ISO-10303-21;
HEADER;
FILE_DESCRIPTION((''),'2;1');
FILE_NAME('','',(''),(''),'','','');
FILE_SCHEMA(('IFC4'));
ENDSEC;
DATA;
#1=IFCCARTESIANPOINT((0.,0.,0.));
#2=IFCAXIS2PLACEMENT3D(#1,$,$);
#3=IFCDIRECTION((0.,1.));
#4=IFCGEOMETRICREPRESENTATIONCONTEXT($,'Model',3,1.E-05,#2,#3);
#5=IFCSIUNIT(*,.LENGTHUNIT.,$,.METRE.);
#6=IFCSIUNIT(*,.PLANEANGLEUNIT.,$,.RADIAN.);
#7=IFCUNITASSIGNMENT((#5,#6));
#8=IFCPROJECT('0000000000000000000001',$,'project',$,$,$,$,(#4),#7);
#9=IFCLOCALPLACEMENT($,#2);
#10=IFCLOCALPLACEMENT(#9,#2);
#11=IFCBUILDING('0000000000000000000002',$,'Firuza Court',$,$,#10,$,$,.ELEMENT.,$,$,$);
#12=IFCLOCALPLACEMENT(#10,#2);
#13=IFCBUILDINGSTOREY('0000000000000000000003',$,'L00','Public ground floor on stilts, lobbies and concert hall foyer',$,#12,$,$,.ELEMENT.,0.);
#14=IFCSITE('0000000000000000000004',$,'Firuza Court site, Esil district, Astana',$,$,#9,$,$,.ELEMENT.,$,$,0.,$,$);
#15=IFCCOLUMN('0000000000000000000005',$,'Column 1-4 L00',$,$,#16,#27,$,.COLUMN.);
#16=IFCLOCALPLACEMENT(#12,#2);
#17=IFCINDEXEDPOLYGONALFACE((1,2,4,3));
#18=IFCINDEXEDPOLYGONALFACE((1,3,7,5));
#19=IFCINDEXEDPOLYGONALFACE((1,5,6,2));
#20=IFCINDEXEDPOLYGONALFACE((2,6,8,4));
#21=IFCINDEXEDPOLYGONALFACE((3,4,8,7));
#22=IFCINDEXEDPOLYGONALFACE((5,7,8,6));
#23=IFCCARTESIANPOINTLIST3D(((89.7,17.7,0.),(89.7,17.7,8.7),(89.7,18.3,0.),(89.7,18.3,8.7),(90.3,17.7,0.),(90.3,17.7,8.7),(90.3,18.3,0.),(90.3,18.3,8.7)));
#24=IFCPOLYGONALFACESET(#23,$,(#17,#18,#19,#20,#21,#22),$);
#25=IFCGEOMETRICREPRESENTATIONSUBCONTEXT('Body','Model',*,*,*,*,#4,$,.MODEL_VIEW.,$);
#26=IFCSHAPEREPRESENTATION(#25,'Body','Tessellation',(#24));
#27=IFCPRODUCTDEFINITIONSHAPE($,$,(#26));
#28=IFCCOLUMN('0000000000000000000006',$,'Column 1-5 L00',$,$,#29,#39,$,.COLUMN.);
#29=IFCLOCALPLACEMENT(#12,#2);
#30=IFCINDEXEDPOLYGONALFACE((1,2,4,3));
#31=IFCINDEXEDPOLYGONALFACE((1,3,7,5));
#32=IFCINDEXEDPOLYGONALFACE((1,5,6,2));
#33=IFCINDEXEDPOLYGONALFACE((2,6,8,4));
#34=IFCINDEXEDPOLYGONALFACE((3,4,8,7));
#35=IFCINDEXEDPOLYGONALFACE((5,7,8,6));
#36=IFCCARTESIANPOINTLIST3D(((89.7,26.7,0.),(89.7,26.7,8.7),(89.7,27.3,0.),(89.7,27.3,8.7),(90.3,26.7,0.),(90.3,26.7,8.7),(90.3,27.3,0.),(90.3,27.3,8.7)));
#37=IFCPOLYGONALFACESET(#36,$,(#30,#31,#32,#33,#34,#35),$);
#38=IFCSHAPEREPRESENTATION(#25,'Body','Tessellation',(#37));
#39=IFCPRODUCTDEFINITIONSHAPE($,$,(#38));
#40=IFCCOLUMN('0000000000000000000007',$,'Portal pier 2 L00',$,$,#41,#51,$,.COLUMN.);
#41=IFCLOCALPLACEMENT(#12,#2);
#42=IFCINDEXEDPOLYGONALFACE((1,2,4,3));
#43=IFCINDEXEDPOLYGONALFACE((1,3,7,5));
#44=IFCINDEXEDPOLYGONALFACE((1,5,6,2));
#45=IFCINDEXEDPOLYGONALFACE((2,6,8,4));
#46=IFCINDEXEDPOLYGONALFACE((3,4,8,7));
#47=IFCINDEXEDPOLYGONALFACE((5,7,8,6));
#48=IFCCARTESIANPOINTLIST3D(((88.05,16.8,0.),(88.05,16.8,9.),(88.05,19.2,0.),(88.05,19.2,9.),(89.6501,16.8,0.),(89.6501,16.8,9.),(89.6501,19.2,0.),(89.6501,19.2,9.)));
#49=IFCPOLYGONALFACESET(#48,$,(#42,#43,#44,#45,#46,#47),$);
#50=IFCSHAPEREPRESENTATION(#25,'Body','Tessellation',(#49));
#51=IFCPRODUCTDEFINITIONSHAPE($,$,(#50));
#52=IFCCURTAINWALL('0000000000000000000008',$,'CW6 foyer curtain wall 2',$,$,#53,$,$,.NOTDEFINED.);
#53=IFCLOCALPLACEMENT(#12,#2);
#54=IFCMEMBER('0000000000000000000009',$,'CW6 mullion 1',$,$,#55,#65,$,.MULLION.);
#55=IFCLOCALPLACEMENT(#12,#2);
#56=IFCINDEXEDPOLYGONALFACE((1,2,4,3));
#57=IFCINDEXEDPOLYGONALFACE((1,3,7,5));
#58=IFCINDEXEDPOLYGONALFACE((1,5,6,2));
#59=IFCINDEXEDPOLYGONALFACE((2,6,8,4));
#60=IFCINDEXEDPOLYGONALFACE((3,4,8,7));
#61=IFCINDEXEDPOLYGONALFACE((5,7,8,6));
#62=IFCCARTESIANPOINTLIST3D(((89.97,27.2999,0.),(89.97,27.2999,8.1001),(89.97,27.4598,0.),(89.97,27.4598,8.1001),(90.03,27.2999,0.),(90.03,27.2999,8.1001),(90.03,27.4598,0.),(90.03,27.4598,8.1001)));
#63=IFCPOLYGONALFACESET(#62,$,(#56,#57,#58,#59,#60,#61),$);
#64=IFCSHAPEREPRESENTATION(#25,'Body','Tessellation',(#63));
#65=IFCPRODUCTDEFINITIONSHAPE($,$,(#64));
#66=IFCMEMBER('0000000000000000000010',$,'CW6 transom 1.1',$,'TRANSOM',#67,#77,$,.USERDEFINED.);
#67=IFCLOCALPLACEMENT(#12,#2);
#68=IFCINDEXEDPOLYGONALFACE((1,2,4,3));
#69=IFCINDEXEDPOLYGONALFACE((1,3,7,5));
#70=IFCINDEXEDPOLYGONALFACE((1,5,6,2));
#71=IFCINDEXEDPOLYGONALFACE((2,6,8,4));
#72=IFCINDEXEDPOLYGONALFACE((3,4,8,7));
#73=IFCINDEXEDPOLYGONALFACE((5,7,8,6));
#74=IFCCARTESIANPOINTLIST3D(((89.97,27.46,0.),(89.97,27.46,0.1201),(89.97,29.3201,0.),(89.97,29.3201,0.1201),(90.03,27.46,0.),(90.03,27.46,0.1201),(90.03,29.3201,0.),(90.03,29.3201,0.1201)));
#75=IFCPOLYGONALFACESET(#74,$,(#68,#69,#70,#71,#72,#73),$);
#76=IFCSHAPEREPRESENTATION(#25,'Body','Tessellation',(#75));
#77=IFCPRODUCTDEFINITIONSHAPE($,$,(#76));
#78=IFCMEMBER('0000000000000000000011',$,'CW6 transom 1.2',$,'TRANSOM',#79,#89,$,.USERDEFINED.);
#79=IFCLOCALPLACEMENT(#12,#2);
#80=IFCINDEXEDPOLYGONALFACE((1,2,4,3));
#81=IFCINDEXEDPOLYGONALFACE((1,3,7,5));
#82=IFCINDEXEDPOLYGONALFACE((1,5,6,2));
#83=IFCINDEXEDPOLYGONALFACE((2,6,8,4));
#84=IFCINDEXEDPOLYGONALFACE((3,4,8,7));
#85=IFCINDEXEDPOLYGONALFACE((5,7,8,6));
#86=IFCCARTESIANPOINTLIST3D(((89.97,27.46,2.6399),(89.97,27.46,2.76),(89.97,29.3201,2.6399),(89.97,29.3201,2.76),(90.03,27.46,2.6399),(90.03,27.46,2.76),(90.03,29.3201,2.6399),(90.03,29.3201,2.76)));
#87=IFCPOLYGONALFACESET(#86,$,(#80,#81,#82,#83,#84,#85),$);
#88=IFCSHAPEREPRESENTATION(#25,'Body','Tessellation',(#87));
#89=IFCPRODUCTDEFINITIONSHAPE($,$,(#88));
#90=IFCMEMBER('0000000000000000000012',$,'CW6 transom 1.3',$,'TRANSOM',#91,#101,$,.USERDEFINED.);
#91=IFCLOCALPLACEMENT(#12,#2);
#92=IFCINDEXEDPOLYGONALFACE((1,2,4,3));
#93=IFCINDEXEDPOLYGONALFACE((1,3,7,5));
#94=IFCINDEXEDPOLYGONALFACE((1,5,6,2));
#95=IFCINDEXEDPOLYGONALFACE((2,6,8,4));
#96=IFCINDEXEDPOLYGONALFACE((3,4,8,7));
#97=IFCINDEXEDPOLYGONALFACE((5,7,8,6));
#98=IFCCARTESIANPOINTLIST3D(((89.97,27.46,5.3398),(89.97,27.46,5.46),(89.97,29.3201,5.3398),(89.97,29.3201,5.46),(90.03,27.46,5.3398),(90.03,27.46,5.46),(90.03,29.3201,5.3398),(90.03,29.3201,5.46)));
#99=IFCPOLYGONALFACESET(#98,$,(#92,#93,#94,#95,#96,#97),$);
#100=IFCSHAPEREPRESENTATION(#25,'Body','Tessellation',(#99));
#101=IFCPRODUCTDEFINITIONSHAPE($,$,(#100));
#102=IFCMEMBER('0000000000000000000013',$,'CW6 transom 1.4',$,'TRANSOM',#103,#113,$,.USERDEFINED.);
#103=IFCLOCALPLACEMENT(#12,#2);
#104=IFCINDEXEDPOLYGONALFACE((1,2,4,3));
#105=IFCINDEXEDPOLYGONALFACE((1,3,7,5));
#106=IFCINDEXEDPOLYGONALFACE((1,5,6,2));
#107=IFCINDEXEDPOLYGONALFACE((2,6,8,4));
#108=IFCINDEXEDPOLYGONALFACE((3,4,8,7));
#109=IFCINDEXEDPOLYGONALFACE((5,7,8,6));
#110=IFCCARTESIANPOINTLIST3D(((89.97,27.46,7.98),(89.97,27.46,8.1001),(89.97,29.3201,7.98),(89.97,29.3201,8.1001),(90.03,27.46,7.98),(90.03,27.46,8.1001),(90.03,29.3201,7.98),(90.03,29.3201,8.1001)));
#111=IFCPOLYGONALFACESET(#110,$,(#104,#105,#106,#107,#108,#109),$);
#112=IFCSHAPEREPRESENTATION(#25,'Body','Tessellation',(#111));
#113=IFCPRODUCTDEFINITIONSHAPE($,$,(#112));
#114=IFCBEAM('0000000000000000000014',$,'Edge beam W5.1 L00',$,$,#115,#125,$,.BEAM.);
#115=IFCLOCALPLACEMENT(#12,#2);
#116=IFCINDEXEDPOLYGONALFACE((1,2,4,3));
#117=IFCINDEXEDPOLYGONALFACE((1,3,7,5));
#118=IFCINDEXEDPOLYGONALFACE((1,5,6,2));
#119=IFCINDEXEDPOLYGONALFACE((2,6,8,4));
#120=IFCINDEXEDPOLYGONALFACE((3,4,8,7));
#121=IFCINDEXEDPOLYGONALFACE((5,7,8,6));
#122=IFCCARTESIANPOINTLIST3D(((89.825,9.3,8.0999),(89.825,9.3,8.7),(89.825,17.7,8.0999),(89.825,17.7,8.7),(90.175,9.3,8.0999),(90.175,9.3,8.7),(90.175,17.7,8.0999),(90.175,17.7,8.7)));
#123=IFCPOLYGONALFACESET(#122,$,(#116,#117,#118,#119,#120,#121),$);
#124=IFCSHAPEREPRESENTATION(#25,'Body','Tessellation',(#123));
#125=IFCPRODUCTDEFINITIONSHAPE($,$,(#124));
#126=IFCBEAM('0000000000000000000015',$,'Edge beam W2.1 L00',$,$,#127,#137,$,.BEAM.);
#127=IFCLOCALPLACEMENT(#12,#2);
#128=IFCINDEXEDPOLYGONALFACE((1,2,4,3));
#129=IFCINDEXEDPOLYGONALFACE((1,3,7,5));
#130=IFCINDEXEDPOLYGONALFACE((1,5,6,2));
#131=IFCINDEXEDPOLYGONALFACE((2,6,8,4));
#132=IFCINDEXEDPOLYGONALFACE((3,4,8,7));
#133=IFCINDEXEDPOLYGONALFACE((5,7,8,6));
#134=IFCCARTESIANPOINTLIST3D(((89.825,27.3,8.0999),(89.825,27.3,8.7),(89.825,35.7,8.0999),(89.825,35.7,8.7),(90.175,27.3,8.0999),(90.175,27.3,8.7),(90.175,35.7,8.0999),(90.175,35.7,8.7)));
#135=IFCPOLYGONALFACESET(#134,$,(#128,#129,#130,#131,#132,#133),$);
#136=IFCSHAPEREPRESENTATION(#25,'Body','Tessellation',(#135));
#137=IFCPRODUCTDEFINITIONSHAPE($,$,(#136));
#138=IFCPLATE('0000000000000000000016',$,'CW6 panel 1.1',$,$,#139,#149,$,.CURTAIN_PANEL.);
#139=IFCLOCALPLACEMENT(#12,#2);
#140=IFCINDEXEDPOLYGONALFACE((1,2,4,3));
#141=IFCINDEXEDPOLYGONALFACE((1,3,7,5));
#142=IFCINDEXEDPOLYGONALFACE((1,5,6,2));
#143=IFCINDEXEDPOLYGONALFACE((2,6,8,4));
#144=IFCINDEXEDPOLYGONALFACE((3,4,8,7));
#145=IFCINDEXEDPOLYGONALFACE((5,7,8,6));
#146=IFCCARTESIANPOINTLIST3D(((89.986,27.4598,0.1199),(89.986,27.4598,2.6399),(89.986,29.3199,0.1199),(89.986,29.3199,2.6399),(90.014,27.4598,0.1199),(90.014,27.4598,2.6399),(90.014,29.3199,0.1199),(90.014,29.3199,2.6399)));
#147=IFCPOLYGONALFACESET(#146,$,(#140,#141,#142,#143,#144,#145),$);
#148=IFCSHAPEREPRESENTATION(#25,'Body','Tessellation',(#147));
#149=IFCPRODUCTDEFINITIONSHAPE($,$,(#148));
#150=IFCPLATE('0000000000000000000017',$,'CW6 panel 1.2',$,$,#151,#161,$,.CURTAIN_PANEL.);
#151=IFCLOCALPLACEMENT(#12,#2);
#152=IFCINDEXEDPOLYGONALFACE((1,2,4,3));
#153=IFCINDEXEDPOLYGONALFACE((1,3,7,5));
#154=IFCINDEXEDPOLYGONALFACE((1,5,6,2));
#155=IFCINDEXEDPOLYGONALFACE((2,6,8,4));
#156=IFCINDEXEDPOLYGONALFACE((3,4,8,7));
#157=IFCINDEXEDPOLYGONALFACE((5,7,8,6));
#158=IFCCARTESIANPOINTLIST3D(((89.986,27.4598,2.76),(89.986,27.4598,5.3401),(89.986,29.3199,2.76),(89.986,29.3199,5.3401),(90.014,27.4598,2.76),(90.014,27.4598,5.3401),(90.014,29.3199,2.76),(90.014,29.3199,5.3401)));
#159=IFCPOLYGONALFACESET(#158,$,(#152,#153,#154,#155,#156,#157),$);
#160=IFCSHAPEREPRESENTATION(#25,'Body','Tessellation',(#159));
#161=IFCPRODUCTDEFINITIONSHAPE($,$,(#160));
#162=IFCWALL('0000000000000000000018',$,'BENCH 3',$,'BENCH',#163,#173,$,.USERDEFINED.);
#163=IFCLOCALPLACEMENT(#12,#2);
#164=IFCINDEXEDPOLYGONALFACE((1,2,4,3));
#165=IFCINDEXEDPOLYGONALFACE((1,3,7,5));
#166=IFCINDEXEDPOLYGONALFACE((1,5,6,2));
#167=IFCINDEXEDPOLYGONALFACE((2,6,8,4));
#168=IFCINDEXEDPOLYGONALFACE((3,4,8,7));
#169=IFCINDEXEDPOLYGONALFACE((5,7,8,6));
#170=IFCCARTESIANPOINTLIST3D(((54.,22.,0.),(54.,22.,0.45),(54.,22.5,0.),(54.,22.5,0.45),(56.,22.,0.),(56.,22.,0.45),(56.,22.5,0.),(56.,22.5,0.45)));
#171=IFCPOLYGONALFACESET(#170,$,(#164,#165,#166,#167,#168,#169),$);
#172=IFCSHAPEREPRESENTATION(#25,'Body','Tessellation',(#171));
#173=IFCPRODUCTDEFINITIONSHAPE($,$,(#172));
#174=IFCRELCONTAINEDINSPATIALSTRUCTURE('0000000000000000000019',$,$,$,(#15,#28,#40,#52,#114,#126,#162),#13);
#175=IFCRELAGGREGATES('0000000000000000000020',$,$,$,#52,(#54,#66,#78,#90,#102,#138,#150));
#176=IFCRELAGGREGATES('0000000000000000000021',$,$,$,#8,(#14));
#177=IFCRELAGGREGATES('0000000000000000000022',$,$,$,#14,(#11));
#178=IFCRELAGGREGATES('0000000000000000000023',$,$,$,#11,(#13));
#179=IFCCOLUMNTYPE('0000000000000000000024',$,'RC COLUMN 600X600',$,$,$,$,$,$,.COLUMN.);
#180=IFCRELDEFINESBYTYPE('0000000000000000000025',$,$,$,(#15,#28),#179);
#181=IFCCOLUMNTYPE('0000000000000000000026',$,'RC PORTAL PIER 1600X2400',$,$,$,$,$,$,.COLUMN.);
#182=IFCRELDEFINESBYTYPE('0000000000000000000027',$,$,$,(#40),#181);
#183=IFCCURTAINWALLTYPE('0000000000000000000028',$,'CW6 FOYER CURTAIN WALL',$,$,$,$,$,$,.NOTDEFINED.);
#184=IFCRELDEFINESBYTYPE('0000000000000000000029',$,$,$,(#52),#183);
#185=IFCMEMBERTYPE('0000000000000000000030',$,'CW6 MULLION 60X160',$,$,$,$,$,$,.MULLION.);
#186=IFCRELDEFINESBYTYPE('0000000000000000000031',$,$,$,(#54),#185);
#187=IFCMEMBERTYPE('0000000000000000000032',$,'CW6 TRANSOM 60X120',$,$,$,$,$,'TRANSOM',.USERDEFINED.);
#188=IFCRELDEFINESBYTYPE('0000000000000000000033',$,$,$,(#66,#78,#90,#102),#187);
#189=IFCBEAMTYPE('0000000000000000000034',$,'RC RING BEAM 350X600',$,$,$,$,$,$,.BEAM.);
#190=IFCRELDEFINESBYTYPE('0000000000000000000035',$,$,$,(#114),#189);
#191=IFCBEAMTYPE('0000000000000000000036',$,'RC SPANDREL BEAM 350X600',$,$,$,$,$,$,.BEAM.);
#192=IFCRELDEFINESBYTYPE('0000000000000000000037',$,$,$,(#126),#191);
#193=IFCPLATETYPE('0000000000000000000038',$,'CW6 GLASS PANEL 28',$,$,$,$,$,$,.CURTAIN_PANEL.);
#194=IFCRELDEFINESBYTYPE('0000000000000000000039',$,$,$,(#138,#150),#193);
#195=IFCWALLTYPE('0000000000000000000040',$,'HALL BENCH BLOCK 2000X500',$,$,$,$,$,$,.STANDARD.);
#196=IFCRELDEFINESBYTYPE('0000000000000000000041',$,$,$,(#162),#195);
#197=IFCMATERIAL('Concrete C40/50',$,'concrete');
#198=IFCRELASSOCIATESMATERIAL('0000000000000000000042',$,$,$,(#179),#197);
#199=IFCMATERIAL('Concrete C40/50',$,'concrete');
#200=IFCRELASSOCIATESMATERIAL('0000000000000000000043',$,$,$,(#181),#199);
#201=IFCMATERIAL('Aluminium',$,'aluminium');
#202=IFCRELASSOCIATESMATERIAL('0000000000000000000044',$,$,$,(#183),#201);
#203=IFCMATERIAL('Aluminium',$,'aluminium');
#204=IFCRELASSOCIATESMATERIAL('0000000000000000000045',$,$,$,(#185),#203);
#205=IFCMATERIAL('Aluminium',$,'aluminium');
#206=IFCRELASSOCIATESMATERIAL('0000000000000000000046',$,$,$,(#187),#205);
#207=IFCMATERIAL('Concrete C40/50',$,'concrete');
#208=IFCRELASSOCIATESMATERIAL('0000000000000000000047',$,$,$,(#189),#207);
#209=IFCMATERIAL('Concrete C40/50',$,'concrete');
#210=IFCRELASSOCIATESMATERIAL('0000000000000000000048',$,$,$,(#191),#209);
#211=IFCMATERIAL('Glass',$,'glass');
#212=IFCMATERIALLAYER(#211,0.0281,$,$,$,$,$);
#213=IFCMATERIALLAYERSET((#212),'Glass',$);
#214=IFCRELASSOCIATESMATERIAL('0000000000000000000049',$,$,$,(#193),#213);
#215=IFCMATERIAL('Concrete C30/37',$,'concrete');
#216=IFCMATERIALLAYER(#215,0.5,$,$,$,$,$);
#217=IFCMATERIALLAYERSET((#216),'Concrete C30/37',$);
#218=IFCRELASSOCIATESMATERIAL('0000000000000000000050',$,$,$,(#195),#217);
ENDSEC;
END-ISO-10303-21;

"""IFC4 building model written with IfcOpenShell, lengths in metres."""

from ifc_helpers import new_model, si_unit, direction, frame, frame_2d, origin, origin_2d, place, context, subcontext, project, spatial, rectangle, extrude, material, layer, layer_set, material_profile, profile_set, type_object, element, aggregate, save


model = new_model("IFC4")

# Units and contexts
model_context = context("Model", 3, precision=1e-05, world=origin(), true_north=direction((0.0, 1.0)))
body_context = subcontext(model_context, "Body", "Model", "MODEL_VIEW")
ifc_project = project(units=[si_unit("LENGTHUNIT", "METRE"), si_unit("PLANEANGLEUNIT", "RADIAN")], contexts=[model_context])

# Site, building, storey
site_placement = place(None, origin())
site = spatial("IfcSite", under=ifc_project, at=site_placement, Name="Firuza Court site, Esil district, Astana", CompositionType="ELEMENT", RefElevation=0.0)
building_placement = place(site_placement, origin())
building = spatial("IfcBuilding", under=site, at=building_placement, Name="Firuza Court", CompositionType="ELEMENT")
storey_placement = place(building_placement, origin())
storey = spatial("IfcBuildingStorey", under=building, at=storey_placement, Name="L00", Description="Public ground floor on stilts, lobbies and concert hall foyer", CompositionType="ELEMENT", Elevation=0.0)

# Columns
ifc_material_1 = material(Name="Concrete C40/50", Category="concrete")
ifc_material_profile_1 = material_profile(ifc_material_1, rectangle(XDim=0.6001, YDim=0.6001, at=origin_2d()), Name="RC 600X600")
ifc_profile_set_1 = profile_set([ifc_material_profile_1], Name="Concrete C40/50")
column_type_1 = type_object("IfcColumnType", Name="RC COLUMN 600X600", PredefinedType="COLUMN", material=ifc_profile_set_1)
for number, where, z_axis, x_axis, name in (
    (1, (90.0, 18.0, 0.0), (0.0, 0.0, 1.0), (1.0, 0.0, 0.0), "Column 1-4 L00"),
    (2, (90.0, 27.0, 0.0), (0.0, 0.0, 1.0), (1.0, 0.0, 0.0), "Column 1-5 L00"),
):
    element("IfcColumn", number, at=place(storey_placement, frame(where, z_axis=z_axis, x_axis=x_axis)), inside=storey, type_object=column_type_1, Name=name, PredefinedType="COLUMN", context=body_context, shape_type="SweptSolid", body=[
        extrude(rectangle(XDim=0.6001, YDim=0.6001, at=origin_2d()), origin(), (0.0, 0.0, 1.0), 8.7),
    ])
ifc_material_2 = material(Name="Concrete C40/50", Category="concrete")
ifc_material_profile_2 = material_profile(ifc_material_2, rectangle(XDim=1.6001, YDim=2.3999, at=origin_2d()), Name="RC 1600X2400")
ifc_profile_set_2 = profile_set([ifc_material_profile_2], Name="Concrete C40/50")
column_type_2 = type_object("IfcColumnType", Name="RC PORTAL PIER 1600X2400", PredefinedType="COLUMN", material=ifc_profile_set_2)
column_placement = place(storey_placement, frame((88.8501, 18.0, 0.0), z_axis=(0.0, 0.0, 1.0), x_axis=(1.0, 0.0, 0.0)))
element("IfcColumn", 3, at=column_placement, inside=storey, type_object=column_type_2, Name="Portal pier 2 L00", PredefinedType="COLUMN", context=body_context, shape_type="SweptSolid", body=[
    extrude(rectangle(XDim=1.6001, YDim=2.3999, at=origin_2d()), origin(), (0.0, 0.0, 1.0), 9.0),
])

# Curtain wall, members
ifc_material_3 = material(Name="Aluminium", Category="aluminium")
curtain_wall_type = type_object("IfcCurtainWallType", Name="CW6 FOYER CURTAIN WALL", PredefinedType="NOTDEFINED", material=ifc_material_3)
curtain_wall_placement = place(storey_placement, origin())
curtain_wall = element("IfcCurtainWall", 4, at=curtain_wall_placement, inside=storey, type_object=curtain_wall_type, Name="CW6 foyer curtain wall 2", PredefinedType="NOTDEFINED")
ifc_material_4 = material(Name="Aluminium", Category="aluminium")
ifc_material_profile_3 = material_profile(ifc_material_4, rectangle(XDim=0.0601, YDim=0.1599, at=origin_2d()), Name="MULLION 60X160")
ifc_profile_set_3 = profile_set([ifc_material_profile_3], Name="Aluminium")
member_type_1 = type_object("IfcMemberType", Name="CW6 MULLION 60X160", PredefinedType="MULLION", material=ifc_profile_set_3)
member_1_placement = place(storey_placement, frame((90.0, 27.3799, 0.0), z_axis=(0.0, 0.0, 1.0), x_axis=(-1.0, 0.0, 0.0)))
member_1 = element("IfcMember", 5, at=member_1_placement, type_object=member_type_1, Name="CW6 mullion 1", PredefinedType="MULLION", context=body_context, shape_type="SweptSolid", body=[
    extrude(rectangle(XDim=0.0601, YDim=0.1599, at=origin_2d()), origin(), (0.0, 0.0, 1.0), 8.1001),
])
ifc_material_5 = material(Name="Aluminium", Category="aluminium")
ifc_material_profile_4 = material_profile(ifc_material_5, rectangle(XDim=0.0601, YDim=0.1201, at=origin_2d()), Name="TRANSOM 60X120")
ifc_profile_set_4 = profile_set([ifc_material_profile_4], Name="Aluminium")
member_type_2 = type_object("IfcMemberType", Name="CW6 TRANSOM 60X120", ElementType="TRANSOM", PredefinedType="USERDEFINED", material=ifc_profile_set_4)
member_2_placement = place(storey_placement, frame((90.0, 27.46, 0.0601), z_axis=(0.0, 1.0, 0.0), x_axis=(-1.0, 0.0, 0.0)))
member_2 = element("IfcMember", 6, at=member_2_placement, type_object=member_type_2, Name="CW6 transom 1.1", ObjectType="TRANSOM", PredefinedType="USERDEFINED", context=body_context, shape_type="SweptSolid", body=[
    extrude(rectangle(XDim=0.0601, YDim=0.1201, at=origin_2d()), origin(), (0.0, 0.0, 1.0), 1.8601),
])
member_3_placement = place(storey_placement, frame((90.0, 27.46, 2.7), z_axis=(0.0, 1.0, 0.0), x_axis=(-1.0, 0.0, 0.0)))
member_3 = element("IfcMember", 7, at=member_3_placement, type_object=member_type_2, Name="CW6 transom 1.2", ObjectType="TRANSOM", PredefinedType="USERDEFINED", context=body_context, shape_type="SweptSolid", body=[
    extrude(rectangle(XDim=0.0601, YDim=0.1201, at=origin_2d()), origin(), (0.0, 0.0, 1.0), 1.8601),
])
member_4_placement = place(storey_placement, frame((90.0, 27.46, 5.3999), z_axis=(0.0, 1.0, 0.0), x_axis=(-1.0, 0.0, 0.0)))
member_4 = element("IfcMember", 8, at=member_4_placement, type_object=member_type_2, Name="CW6 transom 1.3", ObjectType="TRANSOM", PredefinedType="USERDEFINED", context=body_context, shape_type="SweptSolid", body=[
    extrude(rectangle(XDim=0.0601, YDim=0.1201, at=origin_2d()), origin(), (0.0, 0.0, 1.0), 1.8601),
])
member_5_placement = place(storey_placement, frame((90.0, 27.46, 8.04), z_axis=(0.0, 1.0, 0.0), x_axis=(-1.0, 0.0, 0.0)))
member_5 = element("IfcMember", 9, at=member_5_placement, type_object=member_type_2, Name="CW6 transom 1.4", ObjectType="TRANSOM", PredefinedType="USERDEFINED", context=body_context, shape_type="SweptSolid", body=[
    extrude(rectangle(XDim=0.0601, YDim=0.1201, at=origin_2d()), origin(), (0.0, 0.0, 1.0), 1.8601),
])

# Beams
ifc_material_6 = material(Name="Concrete C40/50", Category="concrete")
ifc_material_profile_5 = material_profile(ifc_material_6, rectangle(XDim=0.3501, YDim=0.6001, at=origin_2d()), Name="RC 350X600")
ifc_profile_set_5 = profile_set([ifc_material_profile_5], Name="Concrete C40/50")
beam_type_1 = type_object("IfcBeamType", Name="RC RING BEAM 350X600", PredefinedType="BEAM", material=ifc_profile_set_5)
beam_1_placement = place(storey_placement, frame((90.0, 9.3, 8.3999), z_axis=(0.0, 1.0, 0.0), x_axis=(-1.0, 0.0, 0.0)))
element("IfcBeam", 10, at=beam_1_placement, inside=storey, type_object=beam_type_1, Name="Edge beam W5.1 L00", PredefinedType="BEAM", context=body_context, shape_type="SweptSolid", body=[
    extrude(rectangle(XDim=0.3501, YDim=0.6001, at=origin_2d()), origin(), (0.0, 0.0, 1.0), 8.3999),
])
ifc_material_7 = material(Name="Concrete C40/50", Category="concrete")
ifc_material_profile_6 = material_profile(ifc_material_7, rectangle(XDim=0.3501, YDim=0.6001, at=origin_2d()), Name="RC 350X600")
ifc_profile_set_6 = profile_set([ifc_material_profile_6], Name="Concrete C40/50")
beam_type_2 = type_object("IfcBeamType", Name="RC SPANDREL BEAM 350X600", PredefinedType="BEAM", material=ifc_profile_set_6)
beam_2_placement = place(storey_placement, frame((90.0, 27.3, 8.3999), z_axis=(0.0, 1.0, 0.0), x_axis=(-1.0, 0.0, 0.0)))
element("IfcBeam", 11, at=beam_2_placement, inside=storey, type_object=beam_type_2, Name="Edge beam W2.1 L00", PredefinedType="BEAM", context=body_context, shape_type="SweptSolid", body=[
    extrude(rectangle(XDim=0.3501, YDim=0.6001, at=origin_2d()), origin(), (0.0, 0.0, 1.0), 8.3999),
])

# Plates
ifc_material_8 = material(Name="Glass", Category="glass")
ifc_layer_1 = layer(ifc_material_8, 0.0281)
ifc_layer_set_1 = layer_set([ifc_layer_1], Name="Glass")
plate_type = type_object("IfcPlateType", Name="CW6 GLASS PANEL 28", PredefinedType="CURTAIN_PANEL", material=ifc_layer_set_1)
plate_1_placement = place(storey_placement, frame((90.0, 28.3899, 0.1199), z_axis=(0.0, 0.0, 1.0), x_axis=(0.0, 1.0, 0.0)))
plate_1 = element("IfcPlate", 12, at=plate_1_placement, type_object=plate_type, Name="CW6 panel 1.1", PredefinedType="CURTAIN_PANEL", context=body_context, shape_type="SweptSolid", body=[
    extrude(rectangle(XDim=1.8601, YDim=0.0281, at=origin_2d()), origin(), (0.0, 0.0, 1.0), 2.52),
])
plate_2_placement = place(storey_placement, frame((90.0, 28.3899, 2.76), z_axis=(0.0, 0.0, 1.0), x_axis=(0.0, 1.0, 0.0)))
plate_2 = element("IfcPlate", 13, at=plate_2_placement, type_object=plate_type, Name="CW6 panel 1.2", PredefinedType="CURTAIN_PANEL", context=body_context, shape_type="SweptSolid", body=[
    extrude(rectangle(XDim=1.8601, YDim=0.0281, at=origin_2d()), origin(), (0.0, 0.0, 1.0), 2.5801),
])
aggregate(curtain_wall, [member_1, member_2, member_3, member_4, member_5, plate_1, plate_2])

# Wall
ifc_material_9 = material(Name="Concrete C30/37", Category="concrete")
ifc_layer_2 = layer(ifc_material_9, 0.5)
ifc_layer_set_2 = layer_set([ifc_layer_2], Name="Concrete C30/37")
wall_type_1 = type_object("IfcWallType", Name="HALL BENCH BLOCK 2000X500", PredefinedType="STANDARD", material=ifc_layer_set_2)
for number, where, z_axis, x_axis, name in (
    (14, (54.0, 22.25, 0.0), (0.0, 0.0, 1.0), (1.0, 0.0, 0.0), "BENCH 3"),
):
    element("IfcWall", number, at=place(storey_placement, frame(where, z_axis=z_axis, x_axis=x_axis)), inside=storey, type_object=wall_type_1, Name=name, ObjectType="BENCH", PredefinedType="USERDEFINED", context=body_context, shape_type="SweptSolid", body=[
        extrude(rectangle(XDim=2.0, YDim=0.5, at=frame_2d((1.0, 0.0))), origin(), (0.0, 0.0, 1.0), 0.45),
    ])

save(model, "model.ifc")
